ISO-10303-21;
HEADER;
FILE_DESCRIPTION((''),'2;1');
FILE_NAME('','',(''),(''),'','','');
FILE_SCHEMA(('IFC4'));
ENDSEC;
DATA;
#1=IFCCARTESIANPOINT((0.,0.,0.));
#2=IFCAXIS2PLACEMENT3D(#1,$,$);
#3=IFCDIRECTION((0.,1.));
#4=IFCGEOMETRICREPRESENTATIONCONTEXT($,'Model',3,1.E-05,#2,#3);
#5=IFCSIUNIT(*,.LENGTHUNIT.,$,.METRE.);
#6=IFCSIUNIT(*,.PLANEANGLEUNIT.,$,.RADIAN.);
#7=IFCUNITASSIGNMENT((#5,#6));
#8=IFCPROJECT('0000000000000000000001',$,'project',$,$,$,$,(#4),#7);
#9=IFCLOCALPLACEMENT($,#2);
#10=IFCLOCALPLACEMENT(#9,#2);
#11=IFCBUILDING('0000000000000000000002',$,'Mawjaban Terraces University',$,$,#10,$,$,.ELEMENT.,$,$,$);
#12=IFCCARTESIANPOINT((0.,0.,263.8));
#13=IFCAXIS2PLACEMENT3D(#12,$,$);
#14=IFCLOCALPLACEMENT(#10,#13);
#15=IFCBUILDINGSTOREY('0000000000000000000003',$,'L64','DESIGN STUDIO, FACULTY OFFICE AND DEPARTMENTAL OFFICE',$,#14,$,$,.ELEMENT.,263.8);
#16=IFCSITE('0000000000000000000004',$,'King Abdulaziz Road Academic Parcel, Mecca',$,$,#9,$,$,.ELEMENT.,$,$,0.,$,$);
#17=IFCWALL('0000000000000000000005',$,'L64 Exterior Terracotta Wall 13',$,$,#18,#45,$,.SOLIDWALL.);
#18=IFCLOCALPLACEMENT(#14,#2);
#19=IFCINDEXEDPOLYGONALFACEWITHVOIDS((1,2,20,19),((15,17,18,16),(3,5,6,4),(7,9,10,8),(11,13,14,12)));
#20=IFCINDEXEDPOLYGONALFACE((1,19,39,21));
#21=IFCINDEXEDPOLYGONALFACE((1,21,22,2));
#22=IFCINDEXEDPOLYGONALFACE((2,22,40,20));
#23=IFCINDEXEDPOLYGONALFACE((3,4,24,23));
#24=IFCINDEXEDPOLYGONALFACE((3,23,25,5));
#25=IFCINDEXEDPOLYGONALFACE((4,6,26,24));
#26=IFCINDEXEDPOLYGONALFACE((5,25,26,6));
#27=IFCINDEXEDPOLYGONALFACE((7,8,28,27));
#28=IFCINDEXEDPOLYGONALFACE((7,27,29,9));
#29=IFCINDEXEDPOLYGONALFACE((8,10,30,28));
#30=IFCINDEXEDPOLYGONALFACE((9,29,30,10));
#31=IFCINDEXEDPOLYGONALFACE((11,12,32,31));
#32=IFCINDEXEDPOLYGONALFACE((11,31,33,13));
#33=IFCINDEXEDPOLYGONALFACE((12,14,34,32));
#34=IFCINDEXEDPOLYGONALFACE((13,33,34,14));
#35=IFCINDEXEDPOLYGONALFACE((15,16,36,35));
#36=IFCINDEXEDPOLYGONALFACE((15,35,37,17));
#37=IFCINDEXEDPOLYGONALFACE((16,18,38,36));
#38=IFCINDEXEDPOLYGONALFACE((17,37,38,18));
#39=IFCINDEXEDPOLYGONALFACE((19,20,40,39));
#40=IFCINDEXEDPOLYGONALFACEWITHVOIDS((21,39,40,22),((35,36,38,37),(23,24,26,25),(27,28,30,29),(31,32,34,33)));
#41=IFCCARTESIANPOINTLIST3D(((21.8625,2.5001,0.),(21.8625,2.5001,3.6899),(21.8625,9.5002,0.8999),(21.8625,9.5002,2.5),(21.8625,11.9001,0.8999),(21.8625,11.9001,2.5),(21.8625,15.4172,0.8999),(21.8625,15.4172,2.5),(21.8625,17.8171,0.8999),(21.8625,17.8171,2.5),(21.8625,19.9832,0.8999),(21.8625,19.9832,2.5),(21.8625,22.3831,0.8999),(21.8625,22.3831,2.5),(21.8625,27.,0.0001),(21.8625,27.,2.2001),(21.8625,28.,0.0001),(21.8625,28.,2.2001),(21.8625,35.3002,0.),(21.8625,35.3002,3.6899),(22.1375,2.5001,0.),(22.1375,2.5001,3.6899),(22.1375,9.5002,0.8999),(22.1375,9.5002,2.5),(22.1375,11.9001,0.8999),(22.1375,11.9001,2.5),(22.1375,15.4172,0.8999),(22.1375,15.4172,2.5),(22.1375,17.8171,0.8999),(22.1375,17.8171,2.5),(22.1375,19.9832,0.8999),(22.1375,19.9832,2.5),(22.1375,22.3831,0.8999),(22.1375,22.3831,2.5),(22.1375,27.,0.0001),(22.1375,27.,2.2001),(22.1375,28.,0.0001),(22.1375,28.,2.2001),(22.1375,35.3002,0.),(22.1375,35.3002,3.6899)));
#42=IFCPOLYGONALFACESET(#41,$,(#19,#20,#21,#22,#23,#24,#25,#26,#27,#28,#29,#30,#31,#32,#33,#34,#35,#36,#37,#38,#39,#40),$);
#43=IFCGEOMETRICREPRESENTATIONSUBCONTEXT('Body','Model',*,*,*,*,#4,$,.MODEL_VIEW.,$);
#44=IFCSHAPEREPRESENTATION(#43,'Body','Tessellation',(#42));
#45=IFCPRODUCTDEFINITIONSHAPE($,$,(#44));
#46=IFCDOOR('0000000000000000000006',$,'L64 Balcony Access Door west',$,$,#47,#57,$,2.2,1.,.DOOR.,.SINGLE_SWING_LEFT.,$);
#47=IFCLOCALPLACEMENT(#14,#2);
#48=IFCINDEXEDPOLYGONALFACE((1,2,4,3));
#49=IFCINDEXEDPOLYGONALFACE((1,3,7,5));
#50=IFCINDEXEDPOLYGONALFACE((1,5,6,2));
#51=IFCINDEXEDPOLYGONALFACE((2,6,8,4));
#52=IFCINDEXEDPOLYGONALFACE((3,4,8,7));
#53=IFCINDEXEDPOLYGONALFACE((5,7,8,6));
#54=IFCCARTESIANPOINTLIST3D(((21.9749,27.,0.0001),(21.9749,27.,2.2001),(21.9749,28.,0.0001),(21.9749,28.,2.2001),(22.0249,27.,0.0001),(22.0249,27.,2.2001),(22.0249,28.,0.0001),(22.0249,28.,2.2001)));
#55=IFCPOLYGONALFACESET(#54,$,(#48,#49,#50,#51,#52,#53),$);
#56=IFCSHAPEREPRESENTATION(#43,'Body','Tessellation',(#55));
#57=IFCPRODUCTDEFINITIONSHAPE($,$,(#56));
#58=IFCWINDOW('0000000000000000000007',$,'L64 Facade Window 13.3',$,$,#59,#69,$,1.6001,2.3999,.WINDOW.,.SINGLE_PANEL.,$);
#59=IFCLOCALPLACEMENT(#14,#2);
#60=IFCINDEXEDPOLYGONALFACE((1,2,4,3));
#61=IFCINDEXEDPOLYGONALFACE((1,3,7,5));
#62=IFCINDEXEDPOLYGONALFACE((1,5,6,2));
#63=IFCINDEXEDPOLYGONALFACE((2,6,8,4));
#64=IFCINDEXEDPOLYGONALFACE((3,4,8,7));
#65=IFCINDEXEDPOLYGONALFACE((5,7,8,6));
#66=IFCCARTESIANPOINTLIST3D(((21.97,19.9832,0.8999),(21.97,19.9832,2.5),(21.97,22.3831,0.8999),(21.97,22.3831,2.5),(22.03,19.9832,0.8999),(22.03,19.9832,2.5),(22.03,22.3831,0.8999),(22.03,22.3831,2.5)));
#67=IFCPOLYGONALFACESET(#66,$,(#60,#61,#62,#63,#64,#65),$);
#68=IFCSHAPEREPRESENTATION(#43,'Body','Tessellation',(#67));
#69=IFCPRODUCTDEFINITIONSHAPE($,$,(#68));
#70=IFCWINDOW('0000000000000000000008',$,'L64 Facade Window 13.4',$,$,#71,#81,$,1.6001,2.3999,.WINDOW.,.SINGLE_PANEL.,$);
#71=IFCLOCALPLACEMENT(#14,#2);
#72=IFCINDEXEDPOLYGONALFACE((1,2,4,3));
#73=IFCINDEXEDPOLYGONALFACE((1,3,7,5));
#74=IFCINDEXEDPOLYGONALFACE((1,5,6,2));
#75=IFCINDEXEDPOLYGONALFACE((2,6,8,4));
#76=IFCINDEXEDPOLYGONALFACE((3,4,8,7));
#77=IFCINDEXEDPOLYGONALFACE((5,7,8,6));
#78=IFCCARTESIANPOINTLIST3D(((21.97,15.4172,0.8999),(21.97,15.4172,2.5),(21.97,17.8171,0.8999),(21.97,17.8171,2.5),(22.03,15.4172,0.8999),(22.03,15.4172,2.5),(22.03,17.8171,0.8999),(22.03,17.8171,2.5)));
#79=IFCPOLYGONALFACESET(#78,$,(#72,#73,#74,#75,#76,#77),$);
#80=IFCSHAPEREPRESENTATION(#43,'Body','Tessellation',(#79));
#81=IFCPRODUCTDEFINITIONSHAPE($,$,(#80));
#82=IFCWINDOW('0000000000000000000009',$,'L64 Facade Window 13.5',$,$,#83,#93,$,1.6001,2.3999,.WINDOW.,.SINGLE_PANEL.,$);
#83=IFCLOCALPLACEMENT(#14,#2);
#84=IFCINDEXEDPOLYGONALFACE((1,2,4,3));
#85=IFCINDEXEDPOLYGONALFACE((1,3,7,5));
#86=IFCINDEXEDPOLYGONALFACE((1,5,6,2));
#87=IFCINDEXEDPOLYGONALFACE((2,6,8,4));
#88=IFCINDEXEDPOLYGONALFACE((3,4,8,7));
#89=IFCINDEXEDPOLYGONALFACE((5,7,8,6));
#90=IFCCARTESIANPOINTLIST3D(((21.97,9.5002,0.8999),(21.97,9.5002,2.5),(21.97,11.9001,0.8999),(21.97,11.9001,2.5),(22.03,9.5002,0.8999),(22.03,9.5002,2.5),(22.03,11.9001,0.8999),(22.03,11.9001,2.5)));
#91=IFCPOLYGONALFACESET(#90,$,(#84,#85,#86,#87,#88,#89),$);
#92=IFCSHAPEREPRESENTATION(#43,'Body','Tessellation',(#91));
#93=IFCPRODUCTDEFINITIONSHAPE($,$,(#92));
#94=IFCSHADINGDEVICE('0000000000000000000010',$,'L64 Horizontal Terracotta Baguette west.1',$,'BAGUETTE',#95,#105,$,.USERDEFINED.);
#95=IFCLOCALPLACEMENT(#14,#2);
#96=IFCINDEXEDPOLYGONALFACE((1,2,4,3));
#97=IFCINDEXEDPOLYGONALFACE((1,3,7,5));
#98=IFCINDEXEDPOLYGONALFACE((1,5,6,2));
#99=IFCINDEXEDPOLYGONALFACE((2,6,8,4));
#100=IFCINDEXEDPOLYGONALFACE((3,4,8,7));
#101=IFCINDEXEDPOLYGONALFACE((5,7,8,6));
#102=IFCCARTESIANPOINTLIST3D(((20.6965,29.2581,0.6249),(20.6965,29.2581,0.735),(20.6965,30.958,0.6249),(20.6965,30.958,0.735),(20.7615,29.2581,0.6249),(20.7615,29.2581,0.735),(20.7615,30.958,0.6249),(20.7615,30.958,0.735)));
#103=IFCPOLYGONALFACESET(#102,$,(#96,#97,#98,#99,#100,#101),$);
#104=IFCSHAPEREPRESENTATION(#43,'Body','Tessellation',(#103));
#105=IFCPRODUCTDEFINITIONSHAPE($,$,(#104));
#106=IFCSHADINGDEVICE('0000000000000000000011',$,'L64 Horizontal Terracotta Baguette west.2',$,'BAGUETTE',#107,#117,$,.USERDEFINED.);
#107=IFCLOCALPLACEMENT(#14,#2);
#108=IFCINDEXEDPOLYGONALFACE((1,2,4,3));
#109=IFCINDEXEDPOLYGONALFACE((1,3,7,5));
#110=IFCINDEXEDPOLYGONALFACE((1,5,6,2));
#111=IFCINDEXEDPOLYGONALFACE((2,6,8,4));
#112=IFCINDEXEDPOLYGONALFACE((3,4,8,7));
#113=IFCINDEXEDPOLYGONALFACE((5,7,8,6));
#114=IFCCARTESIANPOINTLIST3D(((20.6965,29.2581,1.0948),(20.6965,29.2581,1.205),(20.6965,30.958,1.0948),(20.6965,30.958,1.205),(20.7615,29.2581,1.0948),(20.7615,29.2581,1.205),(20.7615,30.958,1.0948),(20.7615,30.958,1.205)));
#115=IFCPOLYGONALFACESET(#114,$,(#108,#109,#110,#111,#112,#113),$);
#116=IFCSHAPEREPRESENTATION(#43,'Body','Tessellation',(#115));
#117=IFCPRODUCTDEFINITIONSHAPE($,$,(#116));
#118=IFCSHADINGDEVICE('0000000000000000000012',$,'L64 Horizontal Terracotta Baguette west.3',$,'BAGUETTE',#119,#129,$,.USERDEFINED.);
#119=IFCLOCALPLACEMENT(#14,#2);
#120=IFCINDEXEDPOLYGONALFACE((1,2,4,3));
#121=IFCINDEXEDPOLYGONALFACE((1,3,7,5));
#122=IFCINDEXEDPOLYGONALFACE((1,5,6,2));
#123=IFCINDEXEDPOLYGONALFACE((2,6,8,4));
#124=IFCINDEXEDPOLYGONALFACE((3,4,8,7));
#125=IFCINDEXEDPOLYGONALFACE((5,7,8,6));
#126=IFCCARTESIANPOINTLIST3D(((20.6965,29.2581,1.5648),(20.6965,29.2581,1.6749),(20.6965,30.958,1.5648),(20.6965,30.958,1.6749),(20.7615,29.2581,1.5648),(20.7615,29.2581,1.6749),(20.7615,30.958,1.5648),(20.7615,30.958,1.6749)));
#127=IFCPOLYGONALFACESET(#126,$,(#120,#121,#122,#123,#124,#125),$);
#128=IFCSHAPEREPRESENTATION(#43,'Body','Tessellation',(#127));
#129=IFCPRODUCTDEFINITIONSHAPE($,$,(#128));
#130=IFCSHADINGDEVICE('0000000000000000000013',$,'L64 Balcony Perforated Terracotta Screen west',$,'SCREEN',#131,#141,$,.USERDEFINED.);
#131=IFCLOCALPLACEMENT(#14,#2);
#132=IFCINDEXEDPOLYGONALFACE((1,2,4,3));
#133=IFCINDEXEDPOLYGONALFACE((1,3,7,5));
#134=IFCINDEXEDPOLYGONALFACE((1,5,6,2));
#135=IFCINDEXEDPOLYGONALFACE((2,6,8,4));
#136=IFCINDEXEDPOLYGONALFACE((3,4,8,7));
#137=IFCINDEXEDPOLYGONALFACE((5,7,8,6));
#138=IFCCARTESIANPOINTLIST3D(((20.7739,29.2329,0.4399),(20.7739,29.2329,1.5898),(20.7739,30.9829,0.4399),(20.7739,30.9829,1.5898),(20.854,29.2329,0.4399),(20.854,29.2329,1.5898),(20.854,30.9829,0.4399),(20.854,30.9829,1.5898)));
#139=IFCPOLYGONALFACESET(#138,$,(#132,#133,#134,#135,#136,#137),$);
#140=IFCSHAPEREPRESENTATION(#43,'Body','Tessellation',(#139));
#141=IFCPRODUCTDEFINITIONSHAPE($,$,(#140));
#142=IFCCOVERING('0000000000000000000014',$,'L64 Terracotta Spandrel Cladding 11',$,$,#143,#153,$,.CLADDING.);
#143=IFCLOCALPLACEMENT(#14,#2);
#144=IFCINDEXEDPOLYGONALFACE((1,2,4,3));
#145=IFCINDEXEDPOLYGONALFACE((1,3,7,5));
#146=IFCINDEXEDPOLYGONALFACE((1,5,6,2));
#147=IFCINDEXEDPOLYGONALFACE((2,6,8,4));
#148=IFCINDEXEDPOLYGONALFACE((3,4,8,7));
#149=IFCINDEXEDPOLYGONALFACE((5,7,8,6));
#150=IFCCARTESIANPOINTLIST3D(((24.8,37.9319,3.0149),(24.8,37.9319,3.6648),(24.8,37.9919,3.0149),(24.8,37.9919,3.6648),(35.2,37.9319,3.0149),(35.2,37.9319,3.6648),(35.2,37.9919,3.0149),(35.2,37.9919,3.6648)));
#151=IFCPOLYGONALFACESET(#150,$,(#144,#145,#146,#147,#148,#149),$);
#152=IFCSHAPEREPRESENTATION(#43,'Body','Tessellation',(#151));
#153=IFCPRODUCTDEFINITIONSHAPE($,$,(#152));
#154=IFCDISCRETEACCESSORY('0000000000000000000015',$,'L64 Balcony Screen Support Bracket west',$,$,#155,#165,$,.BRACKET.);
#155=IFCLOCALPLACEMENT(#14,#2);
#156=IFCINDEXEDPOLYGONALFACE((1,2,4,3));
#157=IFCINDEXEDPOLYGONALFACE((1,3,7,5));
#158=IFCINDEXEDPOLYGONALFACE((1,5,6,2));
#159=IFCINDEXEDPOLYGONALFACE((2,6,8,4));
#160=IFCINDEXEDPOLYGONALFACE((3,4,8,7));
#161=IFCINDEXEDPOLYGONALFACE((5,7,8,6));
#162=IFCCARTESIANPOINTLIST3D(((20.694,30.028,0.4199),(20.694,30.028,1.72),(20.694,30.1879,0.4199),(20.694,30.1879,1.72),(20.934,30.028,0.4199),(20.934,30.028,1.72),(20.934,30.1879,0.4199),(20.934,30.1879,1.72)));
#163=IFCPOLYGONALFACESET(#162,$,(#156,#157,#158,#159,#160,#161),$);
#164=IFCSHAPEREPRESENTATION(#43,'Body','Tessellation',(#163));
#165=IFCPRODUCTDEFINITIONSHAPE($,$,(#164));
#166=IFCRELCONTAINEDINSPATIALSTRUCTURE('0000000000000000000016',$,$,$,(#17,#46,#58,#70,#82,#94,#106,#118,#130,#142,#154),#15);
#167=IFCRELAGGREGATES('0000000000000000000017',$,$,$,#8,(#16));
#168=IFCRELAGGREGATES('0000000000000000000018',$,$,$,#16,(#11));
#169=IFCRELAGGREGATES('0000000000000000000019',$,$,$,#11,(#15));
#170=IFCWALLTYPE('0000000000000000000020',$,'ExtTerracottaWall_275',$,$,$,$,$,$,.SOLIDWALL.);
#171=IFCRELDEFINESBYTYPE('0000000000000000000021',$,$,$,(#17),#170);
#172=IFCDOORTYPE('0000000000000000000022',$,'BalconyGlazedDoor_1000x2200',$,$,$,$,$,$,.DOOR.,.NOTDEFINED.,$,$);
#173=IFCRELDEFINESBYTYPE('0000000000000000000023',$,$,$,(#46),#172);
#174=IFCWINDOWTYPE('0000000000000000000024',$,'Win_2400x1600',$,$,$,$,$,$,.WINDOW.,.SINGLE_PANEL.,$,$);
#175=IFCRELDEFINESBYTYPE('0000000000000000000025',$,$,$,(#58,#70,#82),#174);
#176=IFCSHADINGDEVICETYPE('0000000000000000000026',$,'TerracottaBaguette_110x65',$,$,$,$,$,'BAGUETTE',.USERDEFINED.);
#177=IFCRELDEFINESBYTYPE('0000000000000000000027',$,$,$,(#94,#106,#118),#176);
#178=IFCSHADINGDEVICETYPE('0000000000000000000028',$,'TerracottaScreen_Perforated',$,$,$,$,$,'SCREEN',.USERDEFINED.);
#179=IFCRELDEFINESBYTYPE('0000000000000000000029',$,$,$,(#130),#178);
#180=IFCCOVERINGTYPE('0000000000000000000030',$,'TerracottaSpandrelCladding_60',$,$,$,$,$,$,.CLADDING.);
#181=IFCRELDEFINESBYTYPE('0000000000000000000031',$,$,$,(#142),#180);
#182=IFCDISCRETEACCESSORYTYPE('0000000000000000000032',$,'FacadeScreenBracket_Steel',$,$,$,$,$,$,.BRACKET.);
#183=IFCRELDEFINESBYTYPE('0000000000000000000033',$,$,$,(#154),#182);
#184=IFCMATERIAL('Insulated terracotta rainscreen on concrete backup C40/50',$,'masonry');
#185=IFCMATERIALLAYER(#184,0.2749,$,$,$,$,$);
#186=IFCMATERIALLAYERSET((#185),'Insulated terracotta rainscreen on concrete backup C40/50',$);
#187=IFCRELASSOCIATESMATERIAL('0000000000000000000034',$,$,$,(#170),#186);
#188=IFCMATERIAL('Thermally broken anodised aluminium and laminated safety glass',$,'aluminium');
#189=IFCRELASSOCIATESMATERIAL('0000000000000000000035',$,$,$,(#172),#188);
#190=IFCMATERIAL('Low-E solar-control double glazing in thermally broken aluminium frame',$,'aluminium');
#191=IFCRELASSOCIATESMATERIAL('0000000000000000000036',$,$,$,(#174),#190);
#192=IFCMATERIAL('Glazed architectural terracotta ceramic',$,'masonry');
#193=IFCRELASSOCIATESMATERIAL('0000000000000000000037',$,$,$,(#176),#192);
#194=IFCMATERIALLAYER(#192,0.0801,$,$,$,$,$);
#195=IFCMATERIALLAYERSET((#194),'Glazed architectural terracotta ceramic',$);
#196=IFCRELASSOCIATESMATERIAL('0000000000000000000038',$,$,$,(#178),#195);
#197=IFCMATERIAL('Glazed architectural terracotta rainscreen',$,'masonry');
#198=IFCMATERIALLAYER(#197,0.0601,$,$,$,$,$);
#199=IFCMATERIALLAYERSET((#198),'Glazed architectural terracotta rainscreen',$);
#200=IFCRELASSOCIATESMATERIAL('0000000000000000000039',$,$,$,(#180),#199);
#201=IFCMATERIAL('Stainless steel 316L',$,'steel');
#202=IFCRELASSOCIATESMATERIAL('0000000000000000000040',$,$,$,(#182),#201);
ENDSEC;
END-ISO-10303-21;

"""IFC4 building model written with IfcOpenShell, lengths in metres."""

from ifc_helpers import new_model, si_unit, direction, frame, frame_2d, origin, origin_2d, place, context, subcontext, project, spatial, rectangle, extrude, material, layer, layer_set, material_profile, profile_set, type_object, element, fill, save


model = new_model("IFC4")

# Units and contexts
model_context = context("Model", 3, precision=1e-05, world=origin(), true_north=direction((0.0, 1.0)))
body_context = subcontext(model_context, "Body", "Model", "MODEL_VIEW")
ifc_project = project(units=[si_unit("LENGTHUNIT", "METRE"), si_unit("PLANEANGLEUNIT", "RADIAN")], contexts=[model_context])

# Site, building, storey
site_placement = place(None, origin())
site = spatial("IfcSite", under=ifc_project, at=site_placement, Name="King Abdulaziz Road Academic Parcel, Mecca", CompositionType="ELEMENT", RefElevation=0.0)
building_placement = place(site_placement, origin())
building = spatial("IfcBuilding", under=site, at=building_placement, Name="Mawjaban Terraces University", CompositionType="ELEMENT")
storey_placement = place(building_placement, frame((0.0, 0.0, 263.8)))
storey = spatial("IfcBuildingStorey", under=building, at=storey_placement, Name="L64", Description="DESIGN STUDIO, FACULTY OFFICE AND DEPARTMENTAL OFFICE", CompositionType="ELEMENT", Elevation=263.8)

# Shared definitions
ifc_material_1 = material(Name="Insulated terracotta rainscreen on concrete backup C40/50", Category="masonry")
ifc_layer_1 = layer(ifc_material_1, 0.2749)
ifc_layer_set_1 = layer_set([ifc_layer_1], Name="Insulated terracotta rainscreen on concrete backup C40/50")
wall_type_1 = type_object("IfcWallType", Name="ExtTerracottaWall_275", PredefinedType="SOLIDWALL", material=ifc_layer_set_1)

# Wall, openings, door, windows
wall_1_placement = place(storey_placement, frame((22.0, 35.3, 0.0), z_axis=(0.0, 0.0, 1.0), x_axis=(0.0, -1.0, 0.0)))
wall_1 = element("IfcWall", 1, at=wall_1_placement, inside=storey, type_object=wall_type_1, Name="L64 Exterior Terracotta Wall 13", PredefinedType="SOLIDWALL", context=body_context, shape_type="SweptSolid", body=[
    extrude(rectangle(XDim=32.8, YDim=0.2749, at=frame_2d((16.3999, 0.0))), origin(), (0.0, 0.0, 1.0), 3.6899),
])
opening_1_placement = place(wall_1_placement, frame((7.3, 0.0, 0.0)))
opening_1 = element("IfcOpeningElement", 2, at=opening_1_placement, cuts=wall_1, PredefinedType="OPENING", context=body_context, shape_type="SweptSolid", body=[
    extrude(rectangle(XDim=1.0, YDim=2.2, at=frame_2d((0.5, 1.1001))), frame((0.0, 0.1475, 0.0), z_axis=(0.0, -1.0, 0.0), x_axis=(1.0, 0.0, 0.0)), (0.0, 0.0, 1.0), 0.2949),
])
opening_2_placement = place(wall_1_placement, frame((12.917, 0.0, 0.8999)))
opening_2 = element("IfcOpeningElement", 3, at=opening_2_placement, cuts=wall_1, PredefinedType="OPENING", context=body_context, shape_type="SweptSolid", body=[
    extrude(rectangle(XDim=2.3999, YDim=1.6001, at=frame_2d((1.2, 0.8))), frame((0.0, 0.1475, 0.0), z_axis=(0.0, -1.0, 0.0), x_axis=(1.0, 0.0, 0.0)), (0.0, 0.0, 1.0), 0.2949),
])
opening_3_placement = place(wall_1_placement, frame((17.4829, 0.0, 0.8999)))
opening_3 = element("IfcOpeningElement", 4, at=opening_3_placement, cuts=wall_1, PredefinedType="OPENING", context=body_context, shape_type="SweptSolid", body=[
    extrude(rectangle(XDim=2.3999, YDim=1.6001, at=frame_2d((1.2, 0.8))), frame((0.0, 0.1475, 0.0), z_axis=(0.0, -1.0, 0.0), x_axis=(1.0, 0.0, 0.0)), (0.0, 0.0, 1.0), 0.2949),
])
opening_4_placement = place(wall_1_placement, frame((23.3999, 0.0, 0.8999)))
opening_4 = element("IfcOpeningElement", 5, at=opening_4_placement, cuts=wall_1, PredefinedType="OPENING", context=body_context, shape_type="SweptSolid", body=[
    extrude(rectangle(XDim=2.3999, YDim=1.6001, at=frame_2d((1.2, 0.8))), frame((0.0, 0.1475, 0.0), z_axis=(0.0, -1.0, 0.0), x_axis=(1.0, 0.0, 0.0)), (0.0, 0.0, 1.0), 0.2949),
])
ifc_material_2 = material(Name="Thermally broken anodised aluminium and laminated safety glass", Category="aluminium")
door_type_1 = type_object("IfcDoorType", Name="BalconyGlazedDoor_1000x2200", OperationType="NOTDEFINED", PredefinedType="DOOR", material=ifc_material_2)
door_1_placement = place(opening_1_placement, origin())
door_1 = element("IfcDoor", 6, at=door_1_placement, inside=storey, type_object=door_type_1, Name="L64 Balcony Access Door west", OperationType="SINGLE_SWING_LEFT", OverallHeight=2.2, OverallWidth=1.0, PredefinedType="DOOR", context=body_context, shape_type="SweptSolid", body=[
    extrude(rectangle(XDim=1.0, YDim=2.2, at=frame_2d((0.5, 1.1001))), frame((0.0, 0.0249, 0.0), z_axis=(0.0, -1.0, 0.0), x_axis=(1.0, 0.0, 0.0)), (0.0, 0.0, 1.0), 0.05),
])
fill(opening_1, door_1)
ifc_material_3 = material(Name="Low-E solar-control double glazing in thermally broken aluminium frame", Category="aluminium")
window_type = type_object("IfcWindowType", Name="Win_2400x1600", PartitioningType="SINGLE_PANEL", PredefinedType="WINDOW", material=ifc_material_3)
window_1_placement = place(opening_2_placement, origin())
window_1 = element("IfcWindow", 7, at=window_1_placement, inside=storey, type_object=window_type, Name="L64 Facade Window 13.3", OverallHeight=1.6001, OverallWidth=2.3999, PartitioningType="SINGLE_PANEL", PredefinedType="WINDOW", context=body_context, shape_type="SweptSolid", body=[
    extrude(rectangle(XDim=2.3999, YDim=1.6001, at=frame_2d((1.2, 0.8))), frame((0.0, 0.03, 0.0), z_axis=(0.0, -1.0, 0.0), x_axis=(1.0, 0.0, 0.0)), (0.0, 0.0, 1.0), 0.0601),
])
fill(opening_2, window_1)
window_2_placement = place(opening_3_placement, origin())
window_2 = element("IfcWindow", 8, at=window_2_placement, inside=storey, type_object=window_type, Name="L64 Facade Window 13.4", OverallHeight=1.6001, OverallWidth=2.3999, PartitioningType="SINGLE_PANEL", PredefinedType="WINDOW", context=body_context, shape_type="SweptSolid", body=[
    extrude(rectangle(XDim=2.3999, YDim=1.6001, at=frame_2d((1.2, 0.8))), frame((0.0, 0.03, 0.0), z_axis=(0.0, -1.0, 0.0), x_axis=(1.0, 0.0, 0.0)), (0.0, 0.0, 1.0), 0.0601),
])
fill(opening_3, window_2)
window_3_placement = place(opening_4_placement, origin())
window_3 = element("IfcWindow", 9, at=window_3_placement, inside=storey, type_object=window_type, Name="L64 Facade Window 13.5", OverallHeight=1.6001, OverallWidth=2.3999, PartitioningType="SINGLE_PANEL", PredefinedType="WINDOW", context=body_context, shape_type="SweptSolid", body=[
    extrude(rectangle(XDim=2.3999, YDim=1.6001, at=frame_2d((1.2, 0.8))), frame((0.0, 0.03, 0.0), z_axis=(0.0, -1.0, 0.0), x_axis=(1.0, 0.0, 0.0)), (0.0, 0.0, 1.0), 0.0601),
])
fill(opening_4, window_3)

# Shading devices
ifc_material_4 = material(Name="Glazed architectural terracotta ceramic", Category="masonry")
ifc_material_profile_1 = material_profile(ifc_material_4, rectangle(XDim=0.0649, YDim=0.1101, at=origin_2d()), Name="TBAG110X65")
ifc_profile_set_1 = profile_set([ifc_material_profile_1], Name="Glazed architectural terracotta ceramic")
shading_device_type_1 = type_object("IfcShadingDeviceType", Name="TerracottaBaguette_110x65", ElementType="BAGUETTE", PredefinedType="USERDEFINED", material=ifc_profile_set_1)
for number, where, z_axis, x_axis, name in (
    (10, (20.729, 29.2581, 0.6799), (0.0, 1.0, 0.0), (-1.0, 0.0, 0.0), "L64 Horizontal Terracotta Baguette west.1"),
    (11, (20.729, 29.2581, 1.1499), (0.0, 1.0, 0.0), (-1.0, 0.0, 0.0), "L64 Horizontal Terracotta Baguette west.2"),
    (12, (20.729, 29.2581, 1.6199), (0.0, 1.0, 0.0), (-1.0, 0.0, 0.0), "L64 Horizontal Terracotta Baguette west.3"),
):
    element("IfcShadingDevice", number, at=place(storey_placement, frame(where, z_axis=z_axis, x_axis=x_axis)), inside=storey, type_object=shading_device_type_1, Name=name, ObjectType="BAGUETTE", PredefinedType="USERDEFINED", context=body_context, shape_type="SweptSolid", body=[
        extrude(rectangle(XDim=0.0649, YDim=0.1101, at=origin_2d()), origin(), (0.0, 0.0, 1.0), 1.7),
    ])
ifc_layer_2 = layer(ifc_material_4, 0.0801)
ifc_layer_set_2 = layer_set([ifc_layer_2], Name="Glazed architectural terracotta ceramic")
shading_device_type_2 = type_object("IfcShadingDeviceType", Name="TerracottaScreen_Perforated", ElementType="SCREEN", PredefinedType="USERDEFINED", material=ifc_layer_set_2)
shading_device_placement = place(storey_placement, frame((20.814, 30.1079, 0.4399), z_axis=(0.0, 0.0, 1.0), x_axis=(0.0, 1.0, 0.0)))
element("IfcShadingDevice", 13, at=shading_device_placement, inside=storey, type_object=shading_device_type_2, Name="L64 Balcony Perforated Terracotta Screen west", ObjectType="SCREEN", PredefinedType="USERDEFINED", context=body_context, shape_type="SweptSolid", body=[
    extrude(rectangle(XDim=1.75, YDim=0.0801, at=origin_2d()), origin(), (0.0, 0.0, 1.0), 1.1499),
])

# Covering
ifc_material_5 = material(Name="Glazed architectural terracotta rainscreen", Category="masonry")
ifc_layer_3 = layer(ifc_material_5, 0.0601)
ifc_layer_set_3 = layer_set([ifc_layer_3], Name="Glazed architectural terracotta rainscreen")
covering_type = type_object("IfcCoveringType", Name="TerracottaSpandrelCladding_60", PredefinedType="CLADDING", material=ifc_layer_set_3)
covering_placement = place(storey_placement, frame((30.0, 37.9619, 3.0149), z_axis=(0.0, 0.0, 1.0), x_axis=(-1.0, 0.0, 0.0)))
element("IfcCovering", 14, at=covering_placement, inside=storey, type_object=covering_type, Name="L64 Terracotta Spandrel Cladding 11", PredefinedType="CLADDING", context=body_context, shape_type="SweptSolid", body=[
    extrude(rectangle(XDim=10.3999, YDim=0.0601, at=origin_2d()), origin(), (0.0, 0.0, 1.0), 0.6499),
])

# Discrete accessory
ifc_material_6 = material(Name="Stainless steel 316L", Category="steel")
discrete_accessory_type_1 = type_object("IfcDiscreteAccessoryType", Name="FacadeScreenBracket_Steel", PredefinedType="BRACKET", material=ifc_material_6)
discrete_accessory_1_placement = place(storey_placement, frame((20.814, 30.1079, 0.4199), z_axis=(0.0, 0.0, 1.0), x_axis=(0.0, 1.0, 0.0)))
element("IfcDiscreteAccessory", 15, at=discrete_accessory_1_placement, inside=storey, type_object=discrete_accessory_type_1, Name="L64 Balcony Screen Support Bracket west", PredefinedType="BRACKET", context=body_context, shape_type="SweptSolid", body=[
    extrude(rectangle(XDim=0.1599, YDim=0.24, at=origin_2d()), origin(), (0.0, 0.0, 1.0), 1.3),
])

save(model, "model.ifc")
